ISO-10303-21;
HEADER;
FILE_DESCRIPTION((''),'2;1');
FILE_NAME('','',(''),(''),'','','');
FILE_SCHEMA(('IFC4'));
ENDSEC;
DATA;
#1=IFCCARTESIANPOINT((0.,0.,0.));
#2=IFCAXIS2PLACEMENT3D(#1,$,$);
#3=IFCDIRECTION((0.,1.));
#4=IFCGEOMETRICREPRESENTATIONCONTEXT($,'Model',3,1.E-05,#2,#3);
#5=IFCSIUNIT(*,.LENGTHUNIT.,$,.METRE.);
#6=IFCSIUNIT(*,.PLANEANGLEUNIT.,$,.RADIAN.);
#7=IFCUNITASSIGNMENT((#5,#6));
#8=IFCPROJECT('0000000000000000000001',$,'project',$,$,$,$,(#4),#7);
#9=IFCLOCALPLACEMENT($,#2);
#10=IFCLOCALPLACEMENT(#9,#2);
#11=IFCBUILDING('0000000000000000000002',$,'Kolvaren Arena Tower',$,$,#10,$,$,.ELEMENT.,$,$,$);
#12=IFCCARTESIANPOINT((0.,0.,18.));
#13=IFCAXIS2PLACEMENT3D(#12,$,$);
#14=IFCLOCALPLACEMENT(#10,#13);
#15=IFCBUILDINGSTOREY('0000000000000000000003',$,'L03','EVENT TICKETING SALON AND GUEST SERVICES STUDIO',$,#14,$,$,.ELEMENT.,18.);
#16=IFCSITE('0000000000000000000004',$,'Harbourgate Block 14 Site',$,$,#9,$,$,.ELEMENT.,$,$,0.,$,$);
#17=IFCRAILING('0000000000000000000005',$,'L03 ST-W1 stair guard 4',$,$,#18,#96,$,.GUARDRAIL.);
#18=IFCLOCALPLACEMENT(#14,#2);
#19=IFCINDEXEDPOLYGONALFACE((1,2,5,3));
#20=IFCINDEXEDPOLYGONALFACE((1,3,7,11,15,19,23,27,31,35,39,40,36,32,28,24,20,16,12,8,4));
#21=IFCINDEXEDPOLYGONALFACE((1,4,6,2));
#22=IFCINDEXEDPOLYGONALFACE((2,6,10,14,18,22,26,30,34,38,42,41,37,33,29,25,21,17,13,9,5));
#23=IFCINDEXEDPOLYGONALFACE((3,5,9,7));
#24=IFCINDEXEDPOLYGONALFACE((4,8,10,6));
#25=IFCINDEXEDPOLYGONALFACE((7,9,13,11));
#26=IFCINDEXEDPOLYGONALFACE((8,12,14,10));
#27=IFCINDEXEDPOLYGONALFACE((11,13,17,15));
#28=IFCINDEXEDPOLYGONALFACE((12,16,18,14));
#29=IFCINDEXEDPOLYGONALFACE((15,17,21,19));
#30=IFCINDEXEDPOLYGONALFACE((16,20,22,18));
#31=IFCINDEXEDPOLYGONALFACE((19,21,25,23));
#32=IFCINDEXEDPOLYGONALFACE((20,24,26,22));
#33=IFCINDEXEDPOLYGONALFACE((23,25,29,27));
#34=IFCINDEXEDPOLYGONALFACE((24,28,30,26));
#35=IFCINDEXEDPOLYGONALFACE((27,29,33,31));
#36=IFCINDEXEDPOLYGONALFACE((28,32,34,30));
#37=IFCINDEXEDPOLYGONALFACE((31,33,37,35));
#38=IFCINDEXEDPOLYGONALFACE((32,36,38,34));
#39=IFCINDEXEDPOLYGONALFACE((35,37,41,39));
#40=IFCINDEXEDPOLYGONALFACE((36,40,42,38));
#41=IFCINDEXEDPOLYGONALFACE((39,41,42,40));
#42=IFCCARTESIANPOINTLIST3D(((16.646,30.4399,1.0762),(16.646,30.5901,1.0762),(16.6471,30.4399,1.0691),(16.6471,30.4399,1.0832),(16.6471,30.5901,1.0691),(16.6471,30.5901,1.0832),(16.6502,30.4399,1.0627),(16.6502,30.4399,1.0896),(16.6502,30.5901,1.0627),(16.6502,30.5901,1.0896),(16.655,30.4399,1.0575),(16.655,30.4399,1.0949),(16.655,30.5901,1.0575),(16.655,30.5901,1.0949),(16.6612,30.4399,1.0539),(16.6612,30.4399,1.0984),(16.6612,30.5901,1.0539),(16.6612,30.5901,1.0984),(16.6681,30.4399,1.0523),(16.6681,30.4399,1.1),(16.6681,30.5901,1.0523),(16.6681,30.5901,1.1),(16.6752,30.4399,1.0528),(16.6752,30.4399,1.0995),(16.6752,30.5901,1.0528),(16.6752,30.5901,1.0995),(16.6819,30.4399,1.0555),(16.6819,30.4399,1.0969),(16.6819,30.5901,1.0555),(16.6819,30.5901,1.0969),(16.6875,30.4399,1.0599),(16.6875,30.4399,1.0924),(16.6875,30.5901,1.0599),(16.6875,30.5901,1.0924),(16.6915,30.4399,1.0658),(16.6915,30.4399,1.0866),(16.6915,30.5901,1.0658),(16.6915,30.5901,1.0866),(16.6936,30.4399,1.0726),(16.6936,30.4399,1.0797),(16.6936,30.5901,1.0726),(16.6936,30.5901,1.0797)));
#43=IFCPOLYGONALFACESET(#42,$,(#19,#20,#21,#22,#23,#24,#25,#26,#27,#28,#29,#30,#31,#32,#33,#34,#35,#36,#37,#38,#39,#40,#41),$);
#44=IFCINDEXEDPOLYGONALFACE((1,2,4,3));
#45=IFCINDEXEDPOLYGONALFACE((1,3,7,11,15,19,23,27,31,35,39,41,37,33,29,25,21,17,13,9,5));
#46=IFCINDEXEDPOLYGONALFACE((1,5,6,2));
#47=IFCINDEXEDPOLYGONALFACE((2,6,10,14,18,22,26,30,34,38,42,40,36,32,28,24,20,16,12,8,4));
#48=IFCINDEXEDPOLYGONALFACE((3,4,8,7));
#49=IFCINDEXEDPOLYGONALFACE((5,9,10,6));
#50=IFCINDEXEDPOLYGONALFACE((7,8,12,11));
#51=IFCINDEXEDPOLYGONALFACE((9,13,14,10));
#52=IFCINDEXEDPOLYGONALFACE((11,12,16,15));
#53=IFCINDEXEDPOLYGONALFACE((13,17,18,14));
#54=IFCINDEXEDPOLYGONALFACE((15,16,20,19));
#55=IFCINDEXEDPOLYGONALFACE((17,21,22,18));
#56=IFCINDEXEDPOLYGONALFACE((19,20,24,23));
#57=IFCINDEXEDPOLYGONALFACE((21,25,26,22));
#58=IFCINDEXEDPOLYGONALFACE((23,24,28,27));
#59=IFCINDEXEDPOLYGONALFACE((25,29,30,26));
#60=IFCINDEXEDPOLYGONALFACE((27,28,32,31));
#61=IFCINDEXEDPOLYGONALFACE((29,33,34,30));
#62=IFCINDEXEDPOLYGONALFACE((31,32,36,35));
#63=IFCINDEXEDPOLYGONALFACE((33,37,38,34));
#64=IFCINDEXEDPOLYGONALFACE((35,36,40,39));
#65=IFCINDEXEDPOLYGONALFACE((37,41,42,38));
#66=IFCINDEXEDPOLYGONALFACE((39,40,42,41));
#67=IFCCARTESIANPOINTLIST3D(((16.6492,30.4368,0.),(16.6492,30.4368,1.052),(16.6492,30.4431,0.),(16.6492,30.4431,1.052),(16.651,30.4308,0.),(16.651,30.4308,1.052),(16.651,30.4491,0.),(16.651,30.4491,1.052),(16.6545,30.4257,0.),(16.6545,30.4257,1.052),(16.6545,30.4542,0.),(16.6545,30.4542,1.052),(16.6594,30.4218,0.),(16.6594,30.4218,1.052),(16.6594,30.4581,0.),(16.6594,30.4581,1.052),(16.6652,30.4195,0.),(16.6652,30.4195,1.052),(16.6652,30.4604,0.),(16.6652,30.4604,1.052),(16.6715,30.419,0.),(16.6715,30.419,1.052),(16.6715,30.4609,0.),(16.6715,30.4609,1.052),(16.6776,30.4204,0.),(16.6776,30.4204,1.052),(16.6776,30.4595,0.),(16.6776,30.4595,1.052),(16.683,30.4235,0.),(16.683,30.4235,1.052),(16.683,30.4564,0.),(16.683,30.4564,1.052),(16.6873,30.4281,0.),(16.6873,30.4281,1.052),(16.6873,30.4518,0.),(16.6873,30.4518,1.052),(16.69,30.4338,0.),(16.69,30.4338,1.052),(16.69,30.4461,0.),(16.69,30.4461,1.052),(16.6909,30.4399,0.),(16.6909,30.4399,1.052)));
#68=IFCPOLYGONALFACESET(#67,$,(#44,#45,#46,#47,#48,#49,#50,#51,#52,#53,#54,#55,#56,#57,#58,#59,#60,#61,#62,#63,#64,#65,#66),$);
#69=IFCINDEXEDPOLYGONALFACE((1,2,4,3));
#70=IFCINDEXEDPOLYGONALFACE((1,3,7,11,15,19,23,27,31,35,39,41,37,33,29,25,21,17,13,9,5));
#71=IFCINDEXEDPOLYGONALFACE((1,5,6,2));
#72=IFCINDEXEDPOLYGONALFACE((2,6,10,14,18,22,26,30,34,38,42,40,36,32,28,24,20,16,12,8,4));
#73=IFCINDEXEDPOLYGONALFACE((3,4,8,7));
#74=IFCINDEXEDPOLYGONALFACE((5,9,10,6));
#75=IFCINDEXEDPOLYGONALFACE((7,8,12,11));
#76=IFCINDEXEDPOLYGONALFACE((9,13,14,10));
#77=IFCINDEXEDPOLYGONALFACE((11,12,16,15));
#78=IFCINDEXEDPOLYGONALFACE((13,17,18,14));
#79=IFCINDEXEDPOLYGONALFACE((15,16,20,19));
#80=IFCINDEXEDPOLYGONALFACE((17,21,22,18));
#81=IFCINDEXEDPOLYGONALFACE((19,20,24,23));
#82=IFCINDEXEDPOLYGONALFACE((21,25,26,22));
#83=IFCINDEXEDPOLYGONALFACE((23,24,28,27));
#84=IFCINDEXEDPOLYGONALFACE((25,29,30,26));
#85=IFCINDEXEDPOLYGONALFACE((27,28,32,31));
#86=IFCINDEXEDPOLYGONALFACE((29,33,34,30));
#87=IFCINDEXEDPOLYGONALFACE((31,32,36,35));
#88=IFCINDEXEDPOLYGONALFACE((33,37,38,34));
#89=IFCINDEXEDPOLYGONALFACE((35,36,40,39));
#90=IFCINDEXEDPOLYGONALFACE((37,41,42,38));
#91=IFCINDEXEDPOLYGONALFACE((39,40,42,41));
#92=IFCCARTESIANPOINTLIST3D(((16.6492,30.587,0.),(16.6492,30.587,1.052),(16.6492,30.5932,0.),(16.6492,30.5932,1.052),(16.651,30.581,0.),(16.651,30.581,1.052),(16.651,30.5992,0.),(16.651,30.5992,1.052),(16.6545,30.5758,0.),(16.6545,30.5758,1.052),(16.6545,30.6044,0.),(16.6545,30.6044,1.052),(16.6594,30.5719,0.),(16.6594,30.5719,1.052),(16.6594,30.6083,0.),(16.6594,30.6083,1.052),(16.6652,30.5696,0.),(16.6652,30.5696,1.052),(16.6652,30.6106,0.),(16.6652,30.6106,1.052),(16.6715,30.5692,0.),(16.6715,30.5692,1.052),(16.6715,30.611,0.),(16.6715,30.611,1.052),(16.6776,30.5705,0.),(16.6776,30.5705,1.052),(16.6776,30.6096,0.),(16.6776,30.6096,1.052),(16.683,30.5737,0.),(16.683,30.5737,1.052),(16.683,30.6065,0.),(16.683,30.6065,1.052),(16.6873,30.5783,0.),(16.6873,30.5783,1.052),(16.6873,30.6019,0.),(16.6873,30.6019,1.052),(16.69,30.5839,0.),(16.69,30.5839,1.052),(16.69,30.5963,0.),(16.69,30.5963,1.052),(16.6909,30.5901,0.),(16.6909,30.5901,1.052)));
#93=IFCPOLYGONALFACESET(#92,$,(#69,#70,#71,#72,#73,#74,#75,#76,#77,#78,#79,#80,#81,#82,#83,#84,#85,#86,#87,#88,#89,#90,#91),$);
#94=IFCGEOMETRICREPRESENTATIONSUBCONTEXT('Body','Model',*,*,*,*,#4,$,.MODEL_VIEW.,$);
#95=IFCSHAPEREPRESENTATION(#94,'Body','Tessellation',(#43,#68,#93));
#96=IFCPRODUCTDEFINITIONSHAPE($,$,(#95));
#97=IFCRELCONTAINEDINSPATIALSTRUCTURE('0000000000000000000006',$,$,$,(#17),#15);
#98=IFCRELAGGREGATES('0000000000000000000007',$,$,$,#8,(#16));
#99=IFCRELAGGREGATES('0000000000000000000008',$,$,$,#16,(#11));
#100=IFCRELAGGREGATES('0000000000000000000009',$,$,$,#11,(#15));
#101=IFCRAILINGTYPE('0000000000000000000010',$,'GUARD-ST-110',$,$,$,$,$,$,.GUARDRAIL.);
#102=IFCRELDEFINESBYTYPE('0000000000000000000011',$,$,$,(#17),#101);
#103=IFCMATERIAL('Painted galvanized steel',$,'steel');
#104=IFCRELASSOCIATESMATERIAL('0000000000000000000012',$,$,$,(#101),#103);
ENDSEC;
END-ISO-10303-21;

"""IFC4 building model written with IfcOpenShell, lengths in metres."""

from ifc_helpers import new_model, si_unit, direction, frame, origin, origin_2d, place, context, subcontext, project, spatial, circle, extrude, material, type_object, element, save


model = new_model("IFC4")

# Units and contexts
model_context = context("Model", 3, precision=1e-05, world=origin(), true_north=direction((0.0, 1.0)))
body_context = subcontext(model_context, "Body", "Model", "MODEL_VIEW")
ifc_project = project(units=[si_unit("LENGTHUNIT", "METRE"), si_unit("PLANEANGLEUNIT", "RADIAN")], contexts=[model_context])

# Site, building, storey
site_placement = place(None, origin())
site = spatial("IfcSite", under=ifc_project, at=site_placement, Name="Harbourgate Block 14 Site", CompositionType="ELEMENT", RefElevation=0.0)
building_placement = place(site_placement, origin())
building = spatial("IfcBuilding", under=site, at=building_placement, Name="Kolvaren Arena Tower", CompositionType="ELEMENT")
storey_placement = place(building_placement, frame((0.0, 0.0, 18.0)))
storey = spatial("IfcBuildingStorey", under=building, at=storey_placement, Name="L03", Description="EVENT TICKETING SALON AND GUEST SERVICES STUDIO", CompositionType="ELEMENT", Elevation=18.0)

# Railing
ifc_material_1 = material(Name="Painted galvanized steel", Category="steel")
railing_type_1 = type_object("IfcRailingType", Name="GUARD-ST-110", PredefinedType="GUARDRAIL", material=ifc_material_1)
railing_1_placement = place(storey_placement, frame((16.6699, 30.4399, 0.0)))
element("IfcRailing", 1, at=railing_1_placement, inside=storey, type_object=railing_type_1, Name="L03 ST-W1 stair guard 4", PredefinedType="GUARDRAIL", context=body_context, shape_type="SweptSolid", body=[
    extrude(circle(Radius=0.0239, at=origin_2d()), frame((0.0, 0.0, 1.0762), z_axis=(0.0, 1.0, 0.0), x_axis=(-1.0, 0.0, 0.0)), (0.0, 0.0, 1.0), 0.1501),
    extrude(circle(Radius=0.021, at=origin_2d()), origin(), (0.0, 0.0, 1.0), 1.052),
    extrude(circle(Radius=0.021, at=origin_2d()), frame((0.0, 0.1501, 0.0)), (0.0, 0.0, 1.0), 1.052),
])

save(model, "model.ifc")
